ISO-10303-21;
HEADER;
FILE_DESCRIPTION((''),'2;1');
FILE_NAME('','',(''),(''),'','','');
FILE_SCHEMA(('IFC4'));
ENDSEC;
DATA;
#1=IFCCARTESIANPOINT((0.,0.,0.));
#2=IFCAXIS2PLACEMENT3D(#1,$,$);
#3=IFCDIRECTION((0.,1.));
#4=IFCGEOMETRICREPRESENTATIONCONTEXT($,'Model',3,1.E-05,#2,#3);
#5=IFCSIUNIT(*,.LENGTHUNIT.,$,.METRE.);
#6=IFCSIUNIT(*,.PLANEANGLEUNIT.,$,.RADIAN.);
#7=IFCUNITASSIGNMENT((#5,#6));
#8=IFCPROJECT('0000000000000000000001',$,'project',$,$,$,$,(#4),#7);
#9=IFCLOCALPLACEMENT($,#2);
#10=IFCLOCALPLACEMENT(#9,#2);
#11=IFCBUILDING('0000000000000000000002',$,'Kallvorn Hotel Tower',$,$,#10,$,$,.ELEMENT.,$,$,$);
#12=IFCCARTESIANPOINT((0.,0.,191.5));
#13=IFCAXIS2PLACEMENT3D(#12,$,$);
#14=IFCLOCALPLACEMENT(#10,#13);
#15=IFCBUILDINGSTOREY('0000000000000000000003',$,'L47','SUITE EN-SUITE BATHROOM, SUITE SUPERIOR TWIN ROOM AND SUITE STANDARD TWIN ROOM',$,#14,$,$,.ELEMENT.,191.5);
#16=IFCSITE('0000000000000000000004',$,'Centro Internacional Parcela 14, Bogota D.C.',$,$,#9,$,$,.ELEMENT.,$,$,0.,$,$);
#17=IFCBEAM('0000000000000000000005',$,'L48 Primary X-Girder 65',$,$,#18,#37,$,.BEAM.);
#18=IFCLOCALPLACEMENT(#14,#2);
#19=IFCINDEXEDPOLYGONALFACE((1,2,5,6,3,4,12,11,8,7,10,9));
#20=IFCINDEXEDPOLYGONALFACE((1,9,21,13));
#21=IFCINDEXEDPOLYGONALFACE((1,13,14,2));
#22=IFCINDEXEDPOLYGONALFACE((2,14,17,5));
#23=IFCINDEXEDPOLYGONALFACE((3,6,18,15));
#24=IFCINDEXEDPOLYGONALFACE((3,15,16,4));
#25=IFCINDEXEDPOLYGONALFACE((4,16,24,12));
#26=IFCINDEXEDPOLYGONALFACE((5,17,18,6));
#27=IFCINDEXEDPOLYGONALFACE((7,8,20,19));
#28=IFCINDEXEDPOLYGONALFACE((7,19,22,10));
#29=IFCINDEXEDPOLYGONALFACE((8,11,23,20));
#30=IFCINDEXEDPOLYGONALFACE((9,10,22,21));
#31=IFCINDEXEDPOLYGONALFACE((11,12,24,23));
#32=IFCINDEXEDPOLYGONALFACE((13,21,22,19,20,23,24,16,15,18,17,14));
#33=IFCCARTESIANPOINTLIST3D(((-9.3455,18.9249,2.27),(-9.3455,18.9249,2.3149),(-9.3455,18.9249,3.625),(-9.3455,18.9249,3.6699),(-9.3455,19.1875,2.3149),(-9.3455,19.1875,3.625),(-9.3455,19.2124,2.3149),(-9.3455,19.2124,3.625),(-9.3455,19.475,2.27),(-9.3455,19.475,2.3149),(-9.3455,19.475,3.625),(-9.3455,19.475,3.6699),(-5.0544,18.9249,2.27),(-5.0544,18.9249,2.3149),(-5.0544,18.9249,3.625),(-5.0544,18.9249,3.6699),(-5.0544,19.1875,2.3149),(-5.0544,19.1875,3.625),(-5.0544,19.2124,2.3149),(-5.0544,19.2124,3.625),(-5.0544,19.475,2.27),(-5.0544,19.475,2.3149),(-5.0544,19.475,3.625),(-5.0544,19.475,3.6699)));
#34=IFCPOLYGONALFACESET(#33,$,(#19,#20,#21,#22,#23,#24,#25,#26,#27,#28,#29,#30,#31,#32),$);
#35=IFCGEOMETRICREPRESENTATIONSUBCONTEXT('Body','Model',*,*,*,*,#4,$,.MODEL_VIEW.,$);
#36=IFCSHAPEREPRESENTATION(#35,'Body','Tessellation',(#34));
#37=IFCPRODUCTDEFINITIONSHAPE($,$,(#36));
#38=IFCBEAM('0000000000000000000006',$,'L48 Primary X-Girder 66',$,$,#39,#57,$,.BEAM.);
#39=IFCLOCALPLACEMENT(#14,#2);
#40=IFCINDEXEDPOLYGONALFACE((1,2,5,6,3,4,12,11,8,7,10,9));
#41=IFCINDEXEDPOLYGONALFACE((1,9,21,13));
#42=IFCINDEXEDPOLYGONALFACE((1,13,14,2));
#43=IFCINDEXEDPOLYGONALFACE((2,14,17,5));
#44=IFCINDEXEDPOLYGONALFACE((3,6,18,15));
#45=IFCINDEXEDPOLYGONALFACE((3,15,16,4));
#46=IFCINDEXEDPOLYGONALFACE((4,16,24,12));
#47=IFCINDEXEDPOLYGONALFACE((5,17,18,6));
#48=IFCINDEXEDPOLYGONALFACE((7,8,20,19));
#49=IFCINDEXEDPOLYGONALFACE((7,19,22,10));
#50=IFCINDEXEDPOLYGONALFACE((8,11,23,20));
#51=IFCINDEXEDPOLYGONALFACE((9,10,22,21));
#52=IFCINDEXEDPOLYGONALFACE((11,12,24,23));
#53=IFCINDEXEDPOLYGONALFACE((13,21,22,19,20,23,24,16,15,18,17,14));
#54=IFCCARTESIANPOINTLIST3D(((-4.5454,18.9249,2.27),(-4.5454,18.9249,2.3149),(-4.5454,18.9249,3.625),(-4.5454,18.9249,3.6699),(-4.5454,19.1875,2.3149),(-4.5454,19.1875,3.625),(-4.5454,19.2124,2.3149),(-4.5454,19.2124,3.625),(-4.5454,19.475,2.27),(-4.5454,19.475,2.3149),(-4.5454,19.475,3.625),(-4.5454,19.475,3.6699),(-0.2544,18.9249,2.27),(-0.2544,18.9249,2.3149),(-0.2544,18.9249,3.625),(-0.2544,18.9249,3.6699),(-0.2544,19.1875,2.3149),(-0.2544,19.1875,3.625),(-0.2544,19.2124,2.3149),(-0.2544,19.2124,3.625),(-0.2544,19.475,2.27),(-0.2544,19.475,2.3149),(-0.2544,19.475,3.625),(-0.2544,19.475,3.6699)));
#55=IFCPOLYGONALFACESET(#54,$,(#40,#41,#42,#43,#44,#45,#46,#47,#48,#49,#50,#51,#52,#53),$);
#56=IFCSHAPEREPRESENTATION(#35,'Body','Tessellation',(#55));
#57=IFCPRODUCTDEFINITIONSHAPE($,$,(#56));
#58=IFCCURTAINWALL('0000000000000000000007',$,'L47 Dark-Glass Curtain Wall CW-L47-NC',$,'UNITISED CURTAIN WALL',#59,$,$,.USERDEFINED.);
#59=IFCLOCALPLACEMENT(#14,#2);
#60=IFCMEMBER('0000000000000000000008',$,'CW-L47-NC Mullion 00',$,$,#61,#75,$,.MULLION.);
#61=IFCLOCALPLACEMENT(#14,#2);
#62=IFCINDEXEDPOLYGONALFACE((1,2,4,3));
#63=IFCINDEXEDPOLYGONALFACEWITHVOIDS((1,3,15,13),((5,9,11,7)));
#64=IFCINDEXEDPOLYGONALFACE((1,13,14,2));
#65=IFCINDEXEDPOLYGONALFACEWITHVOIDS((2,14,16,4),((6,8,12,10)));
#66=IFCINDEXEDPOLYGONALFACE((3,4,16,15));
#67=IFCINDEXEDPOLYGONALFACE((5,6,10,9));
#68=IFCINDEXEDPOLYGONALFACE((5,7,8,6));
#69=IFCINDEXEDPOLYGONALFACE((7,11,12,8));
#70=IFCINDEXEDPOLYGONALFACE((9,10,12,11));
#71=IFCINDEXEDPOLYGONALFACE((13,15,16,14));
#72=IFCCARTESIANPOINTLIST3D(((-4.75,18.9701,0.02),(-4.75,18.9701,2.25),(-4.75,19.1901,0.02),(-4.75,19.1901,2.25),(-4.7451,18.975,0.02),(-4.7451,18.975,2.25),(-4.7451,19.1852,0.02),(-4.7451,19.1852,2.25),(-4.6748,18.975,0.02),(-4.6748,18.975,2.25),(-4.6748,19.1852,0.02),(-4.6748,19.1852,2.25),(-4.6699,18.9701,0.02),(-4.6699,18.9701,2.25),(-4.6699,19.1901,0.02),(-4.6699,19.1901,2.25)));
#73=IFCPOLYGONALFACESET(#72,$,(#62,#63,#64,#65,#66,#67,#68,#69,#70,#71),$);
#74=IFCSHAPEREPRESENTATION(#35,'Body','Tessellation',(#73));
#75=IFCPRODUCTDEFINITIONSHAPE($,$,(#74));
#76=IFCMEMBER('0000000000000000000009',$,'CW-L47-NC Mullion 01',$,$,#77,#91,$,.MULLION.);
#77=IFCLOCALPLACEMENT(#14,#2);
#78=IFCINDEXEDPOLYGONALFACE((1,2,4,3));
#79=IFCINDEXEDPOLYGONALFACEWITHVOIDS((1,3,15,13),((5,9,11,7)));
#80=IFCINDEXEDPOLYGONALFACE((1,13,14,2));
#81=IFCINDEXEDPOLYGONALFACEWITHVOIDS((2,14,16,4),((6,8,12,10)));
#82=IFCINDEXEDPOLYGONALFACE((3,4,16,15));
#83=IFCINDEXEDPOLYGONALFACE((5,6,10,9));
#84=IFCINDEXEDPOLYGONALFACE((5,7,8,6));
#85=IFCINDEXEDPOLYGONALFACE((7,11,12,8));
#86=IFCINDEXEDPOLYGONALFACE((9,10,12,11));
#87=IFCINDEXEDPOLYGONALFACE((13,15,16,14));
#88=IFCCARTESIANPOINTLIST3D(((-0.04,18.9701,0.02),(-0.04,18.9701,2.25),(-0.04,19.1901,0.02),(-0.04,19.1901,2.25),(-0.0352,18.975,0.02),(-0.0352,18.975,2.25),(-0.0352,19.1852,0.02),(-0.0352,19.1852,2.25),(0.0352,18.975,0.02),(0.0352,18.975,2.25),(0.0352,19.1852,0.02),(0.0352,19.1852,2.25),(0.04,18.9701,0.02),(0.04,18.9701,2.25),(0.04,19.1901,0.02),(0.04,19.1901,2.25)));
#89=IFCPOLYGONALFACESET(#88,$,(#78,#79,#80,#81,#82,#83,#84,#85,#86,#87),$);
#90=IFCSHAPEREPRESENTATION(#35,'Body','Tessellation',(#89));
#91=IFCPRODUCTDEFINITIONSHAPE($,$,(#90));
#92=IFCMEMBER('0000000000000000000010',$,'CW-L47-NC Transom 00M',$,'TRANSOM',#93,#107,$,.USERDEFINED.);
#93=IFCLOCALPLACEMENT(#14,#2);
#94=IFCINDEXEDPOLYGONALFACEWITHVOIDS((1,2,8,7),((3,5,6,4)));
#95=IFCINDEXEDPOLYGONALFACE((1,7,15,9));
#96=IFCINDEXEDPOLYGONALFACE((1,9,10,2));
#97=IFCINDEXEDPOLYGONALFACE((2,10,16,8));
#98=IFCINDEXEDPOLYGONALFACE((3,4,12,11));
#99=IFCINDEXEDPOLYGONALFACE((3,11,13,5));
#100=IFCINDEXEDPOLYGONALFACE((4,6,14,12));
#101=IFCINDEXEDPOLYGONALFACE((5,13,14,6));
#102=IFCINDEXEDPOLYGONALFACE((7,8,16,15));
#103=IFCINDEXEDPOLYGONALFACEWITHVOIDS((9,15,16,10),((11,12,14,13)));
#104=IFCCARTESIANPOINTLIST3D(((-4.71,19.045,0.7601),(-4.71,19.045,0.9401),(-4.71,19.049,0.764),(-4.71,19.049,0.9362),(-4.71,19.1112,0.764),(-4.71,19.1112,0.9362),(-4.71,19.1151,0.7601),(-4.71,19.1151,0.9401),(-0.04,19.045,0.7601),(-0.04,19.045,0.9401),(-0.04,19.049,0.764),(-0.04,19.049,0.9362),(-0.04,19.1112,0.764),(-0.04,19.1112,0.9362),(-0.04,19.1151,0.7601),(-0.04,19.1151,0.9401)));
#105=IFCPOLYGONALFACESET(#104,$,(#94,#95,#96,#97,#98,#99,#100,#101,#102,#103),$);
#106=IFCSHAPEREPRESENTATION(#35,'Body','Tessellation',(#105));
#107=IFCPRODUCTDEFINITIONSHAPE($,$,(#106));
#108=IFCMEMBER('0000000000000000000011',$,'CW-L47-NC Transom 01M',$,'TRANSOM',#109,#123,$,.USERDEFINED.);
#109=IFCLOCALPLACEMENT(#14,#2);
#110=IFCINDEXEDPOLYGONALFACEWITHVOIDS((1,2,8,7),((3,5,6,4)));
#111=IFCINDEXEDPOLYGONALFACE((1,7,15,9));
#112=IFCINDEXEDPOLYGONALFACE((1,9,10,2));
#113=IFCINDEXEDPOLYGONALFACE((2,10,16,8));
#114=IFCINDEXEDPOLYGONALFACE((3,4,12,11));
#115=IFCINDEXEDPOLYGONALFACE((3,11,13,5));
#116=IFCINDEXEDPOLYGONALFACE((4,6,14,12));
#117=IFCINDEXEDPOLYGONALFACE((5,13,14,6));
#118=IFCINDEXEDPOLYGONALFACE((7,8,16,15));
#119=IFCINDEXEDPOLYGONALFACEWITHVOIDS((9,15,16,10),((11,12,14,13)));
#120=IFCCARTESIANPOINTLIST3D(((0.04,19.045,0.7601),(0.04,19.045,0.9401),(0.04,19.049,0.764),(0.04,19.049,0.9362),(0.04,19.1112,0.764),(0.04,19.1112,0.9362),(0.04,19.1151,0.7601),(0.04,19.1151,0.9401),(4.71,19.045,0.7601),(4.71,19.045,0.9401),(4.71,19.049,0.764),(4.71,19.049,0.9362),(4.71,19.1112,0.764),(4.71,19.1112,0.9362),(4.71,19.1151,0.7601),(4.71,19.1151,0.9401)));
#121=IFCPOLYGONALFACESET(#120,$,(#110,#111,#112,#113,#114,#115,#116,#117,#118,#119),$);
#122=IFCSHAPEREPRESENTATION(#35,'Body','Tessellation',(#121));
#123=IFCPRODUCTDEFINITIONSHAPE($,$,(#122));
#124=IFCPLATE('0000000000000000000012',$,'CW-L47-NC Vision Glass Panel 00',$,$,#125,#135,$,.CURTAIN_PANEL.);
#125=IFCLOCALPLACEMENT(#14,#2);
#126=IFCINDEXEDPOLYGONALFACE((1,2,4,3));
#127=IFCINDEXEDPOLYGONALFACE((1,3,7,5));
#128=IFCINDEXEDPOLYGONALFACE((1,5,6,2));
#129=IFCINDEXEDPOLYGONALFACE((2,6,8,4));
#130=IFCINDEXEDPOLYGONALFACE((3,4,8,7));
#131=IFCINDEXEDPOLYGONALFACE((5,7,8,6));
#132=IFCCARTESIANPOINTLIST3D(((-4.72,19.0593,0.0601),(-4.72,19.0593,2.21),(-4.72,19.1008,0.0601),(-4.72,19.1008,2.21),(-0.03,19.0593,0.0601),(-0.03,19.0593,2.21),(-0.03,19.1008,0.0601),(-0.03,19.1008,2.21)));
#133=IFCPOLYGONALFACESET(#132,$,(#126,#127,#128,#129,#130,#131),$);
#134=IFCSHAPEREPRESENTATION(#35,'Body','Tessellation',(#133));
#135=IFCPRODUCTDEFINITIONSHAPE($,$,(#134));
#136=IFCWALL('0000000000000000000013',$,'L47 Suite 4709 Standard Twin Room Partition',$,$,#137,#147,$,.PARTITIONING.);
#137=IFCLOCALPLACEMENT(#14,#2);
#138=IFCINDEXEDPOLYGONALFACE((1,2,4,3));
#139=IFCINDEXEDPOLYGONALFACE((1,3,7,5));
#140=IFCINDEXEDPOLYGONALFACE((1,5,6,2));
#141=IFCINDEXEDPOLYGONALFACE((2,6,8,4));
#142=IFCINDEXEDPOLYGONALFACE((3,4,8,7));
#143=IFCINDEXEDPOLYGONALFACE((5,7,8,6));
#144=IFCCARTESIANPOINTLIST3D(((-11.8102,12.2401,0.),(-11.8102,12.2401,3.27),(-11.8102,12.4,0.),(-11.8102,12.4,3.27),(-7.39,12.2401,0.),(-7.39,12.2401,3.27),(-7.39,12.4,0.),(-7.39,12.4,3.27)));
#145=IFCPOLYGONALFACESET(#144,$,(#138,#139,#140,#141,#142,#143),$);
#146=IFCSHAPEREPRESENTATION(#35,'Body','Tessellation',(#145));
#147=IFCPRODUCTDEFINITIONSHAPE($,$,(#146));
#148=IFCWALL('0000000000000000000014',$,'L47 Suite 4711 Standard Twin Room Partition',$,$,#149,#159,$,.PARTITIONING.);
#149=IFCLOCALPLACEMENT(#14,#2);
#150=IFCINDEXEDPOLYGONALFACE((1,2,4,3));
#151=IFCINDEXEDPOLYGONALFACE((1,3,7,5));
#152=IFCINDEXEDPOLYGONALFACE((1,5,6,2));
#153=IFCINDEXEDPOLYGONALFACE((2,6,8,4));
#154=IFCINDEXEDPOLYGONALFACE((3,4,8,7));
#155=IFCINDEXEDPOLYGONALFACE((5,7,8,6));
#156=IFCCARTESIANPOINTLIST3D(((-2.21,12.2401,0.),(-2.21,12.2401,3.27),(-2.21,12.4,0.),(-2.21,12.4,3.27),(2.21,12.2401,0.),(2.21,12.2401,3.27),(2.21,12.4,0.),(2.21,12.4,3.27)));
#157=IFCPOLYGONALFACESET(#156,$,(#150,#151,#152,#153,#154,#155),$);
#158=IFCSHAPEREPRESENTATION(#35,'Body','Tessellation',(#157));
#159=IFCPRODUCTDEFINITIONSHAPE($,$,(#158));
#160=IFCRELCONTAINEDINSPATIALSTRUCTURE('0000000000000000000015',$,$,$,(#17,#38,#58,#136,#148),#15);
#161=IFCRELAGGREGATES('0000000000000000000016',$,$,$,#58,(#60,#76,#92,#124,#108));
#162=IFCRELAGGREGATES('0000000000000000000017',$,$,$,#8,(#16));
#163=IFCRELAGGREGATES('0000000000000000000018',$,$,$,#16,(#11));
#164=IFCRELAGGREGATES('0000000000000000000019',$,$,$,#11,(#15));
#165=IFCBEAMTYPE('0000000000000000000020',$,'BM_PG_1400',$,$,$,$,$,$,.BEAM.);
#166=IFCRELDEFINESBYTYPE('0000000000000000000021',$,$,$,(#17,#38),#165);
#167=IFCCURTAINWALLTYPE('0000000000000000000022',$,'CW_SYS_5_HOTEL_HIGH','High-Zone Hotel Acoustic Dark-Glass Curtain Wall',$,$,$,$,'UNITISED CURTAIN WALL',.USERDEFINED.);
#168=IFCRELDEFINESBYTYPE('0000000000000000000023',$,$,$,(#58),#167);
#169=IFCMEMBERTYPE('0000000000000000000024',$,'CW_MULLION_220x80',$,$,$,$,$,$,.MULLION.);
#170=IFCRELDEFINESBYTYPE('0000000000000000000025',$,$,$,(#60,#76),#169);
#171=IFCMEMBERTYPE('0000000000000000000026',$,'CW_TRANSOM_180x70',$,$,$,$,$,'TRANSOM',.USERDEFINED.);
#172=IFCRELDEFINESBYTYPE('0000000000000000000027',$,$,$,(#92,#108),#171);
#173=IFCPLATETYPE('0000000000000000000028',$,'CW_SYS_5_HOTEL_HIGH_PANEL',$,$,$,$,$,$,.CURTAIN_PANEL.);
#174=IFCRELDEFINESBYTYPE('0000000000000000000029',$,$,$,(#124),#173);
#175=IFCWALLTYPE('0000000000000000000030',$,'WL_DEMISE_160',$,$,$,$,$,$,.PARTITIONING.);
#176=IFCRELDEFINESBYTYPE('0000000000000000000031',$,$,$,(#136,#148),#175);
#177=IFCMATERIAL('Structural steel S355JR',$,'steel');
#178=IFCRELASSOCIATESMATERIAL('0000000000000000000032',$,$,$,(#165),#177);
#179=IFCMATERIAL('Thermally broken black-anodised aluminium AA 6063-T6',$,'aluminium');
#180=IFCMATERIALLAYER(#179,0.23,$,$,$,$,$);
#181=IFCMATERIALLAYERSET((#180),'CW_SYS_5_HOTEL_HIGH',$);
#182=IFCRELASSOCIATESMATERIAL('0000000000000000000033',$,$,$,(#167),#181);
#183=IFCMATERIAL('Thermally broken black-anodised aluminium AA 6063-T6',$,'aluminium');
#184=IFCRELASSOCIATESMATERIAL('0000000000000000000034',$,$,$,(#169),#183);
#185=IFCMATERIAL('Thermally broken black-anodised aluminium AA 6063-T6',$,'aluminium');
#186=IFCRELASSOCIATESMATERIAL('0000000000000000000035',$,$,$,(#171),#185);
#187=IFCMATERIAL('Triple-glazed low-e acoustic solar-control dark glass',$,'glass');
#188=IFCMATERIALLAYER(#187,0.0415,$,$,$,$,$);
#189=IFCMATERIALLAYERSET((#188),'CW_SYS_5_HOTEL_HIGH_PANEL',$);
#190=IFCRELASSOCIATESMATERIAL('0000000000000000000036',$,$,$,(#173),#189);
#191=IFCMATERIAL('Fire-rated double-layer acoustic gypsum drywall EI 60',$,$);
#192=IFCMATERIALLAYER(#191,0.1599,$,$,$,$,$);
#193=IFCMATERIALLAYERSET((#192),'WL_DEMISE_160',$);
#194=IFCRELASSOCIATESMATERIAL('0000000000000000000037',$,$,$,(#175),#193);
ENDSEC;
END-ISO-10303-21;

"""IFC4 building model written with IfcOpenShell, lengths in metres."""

from ifc_helpers import new_model, si_unit, direction, frame, frame_2d, origin, origin_2d, place, context, subcontext, project, spatial, rectangle, hollow_rectangle, i_section, extrude, material, layer, layer_set, material_profile, profile_set, type_object, element, aggregate, save


model = new_model("IFC4")

# Units and contexts
model_context = context("Model", 3, precision=1e-05, world=origin(), true_north=direction((0.0, 1.0)))
body_context = subcontext(model_context, "Body", "Model", "MODEL_VIEW")
ifc_project = project(units=[si_unit("LENGTHUNIT", "METRE"), si_unit("PLANEANGLEUNIT", "RADIAN")], contexts=[model_context])

# Site, building, storey
site_placement = place(None, origin())
site = spatial("IfcSite", under=ifc_project, at=site_placement, Name="Centro Internacional Parcela 14, Bogota D.C.", CompositionType="ELEMENT", RefElevation=0.0)
building_placement = place(site_placement, origin())
building = spatial("IfcBuilding", under=site, at=building_placement, Name="Kallvorn Hotel Tower", CompositionType="ELEMENT")
storey_placement = place(building_placement, frame((0.0, 0.0, 191.5)))
storey = spatial("IfcBuildingStorey", under=building, at=storey_placement, Name="L47", Description="SUITE EN-SUITE BATHROOM, SUITE SUPERIOR TWIN ROOM AND SUITE STANDARD TWIN ROOM", CompositionType="ELEMENT", Elevation=191.5)

# Beams
ifc_material_1 = material(Name="Structural steel S355JR", Category="steel")
ifc_material_profile_1 = material_profile(ifc_material_1, i_section(OverallWidth=0.55, OverallDepth=1.3999, WebThickness=0.0249, FlangeThickness=0.0449, at=origin_2d()), Name="PG 1400x550x25x45")
ifc_profile_set_1 = profile_set([ifc_material_profile_1], Name="Structural steel S355JR")
beam_type_1 = type_object("IfcBeamType", Name="BM_PG_1400", PredefinedType="BEAM", material=ifc_profile_set_1)
for number, where, z_axis, x_axis, name in (
    (1, (-9.3455, 19.2, 2.97), (1.0, 0.0, 0.0), (0.0, 1.0, 0.0), "L48 Primary X-Girder 65"),
    (2, (-4.5454, 19.2, 2.97), (1.0, 0.0, 0.0), (0.0, 1.0, 0.0), "L48 Primary X-Girder 66"),
):
    element("IfcBeam", number, at=place(storey_placement, frame(where, z_axis=z_axis, x_axis=x_axis)), inside=storey, type_object=beam_type_1, Name=name, PredefinedType="BEAM", context=body_context, shape_type="SweptSolid", body=[
        extrude(i_section(OverallWidth=0.55, OverallDepth=1.3999, WebThickness=0.0249, FlangeThickness=0.0449, at=origin_2d()), origin(), (0.0, 0.0, 1.0), 4.291),
    ])

# Curtain wall, members, plate
ifc_material_2 = material(Name="Thermally broken black-anodised aluminium AA 6063-T6", Category="aluminium")
ifc_layer_1 = layer(ifc_material_2, 0.23)
ifc_layer_set_1 = layer_set([ifc_layer_1], Name="CW_SYS_5_HOTEL_HIGH")
curtain_wall_type = type_object("IfcCurtainWallType", Name="CW_SYS_5_HOTEL_HIGH", Description="High-Zone Hotel Acoustic Dark-Glass Curtain Wall", ElementType="UNITISED CURTAIN WALL", PredefinedType="USERDEFINED", material=ifc_layer_set_1)
curtain_wall_placement = place(storey_placement, origin())
curtain_wall = element("IfcCurtainWall", 3, at=curtain_wall_placement, inside=storey, type_object=curtain_wall_type, Name="L47 Dark-Glass Curtain Wall CW-L47-NC", ObjectType="UNITISED CURTAIN WALL", PredefinedType="USERDEFINED")
ifc_material_3 = material(Name="Thermally broken black-anodised aluminium AA 6063-T6", Category="aluminium")
ifc_material_profile_2 = material_profile(ifc_material_3, hollow_rectangle(XDim=0.0801, YDim=0.22, WallThickness=0.0049, at=origin_2d()), Name="MUL 220x80")
ifc_profile_set_2 = profile_set([ifc_material_profile_2], Name="Thermally broken black-anodised aluminium AA 6063-T6")
member_type_1 = type_object("IfcMemberType", Name="CW_MULLION_220x80", PredefinedType="MULLION", material=ifc_profile_set_2)
member_1_placement = place(storey_placement, frame((-4.71, 19.0801, 0.02), z_axis=(0.0, 0.0, 1.0), x_axis=(1.0, 0.0, 0.0)))
member_1 = element("IfcMember", 4, at=member_1_placement, type_object=member_type_1, Name="CW-L47-NC Mullion 00", PredefinedType="MULLION", context=body_context, shape_type="SweptSolid", body=[
    extrude(hollow_rectangle(XDim=0.0801, YDim=0.22, WallThickness=0.0049, at=origin_2d()), origin(), (0.0, 0.0, 1.0), 2.23),
])
member_2_placement = place(storey_placement, frame((0.0, 19.0801, 0.02), z_axis=(0.0, 0.0, 1.0), x_axis=(1.0, 0.0, 0.0)))
member_2 = element("IfcMember", 5, at=member_2_placement, type_object=member_type_1, Name="CW-L47-NC Mullion 01", PredefinedType="MULLION", context=body_context, shape_type="SweptSolid", body=[
    extrude(hollow_rectangle(XDim=0.0801, YDim=0.22, WallThickness=0.0049, at=origin_2d()), origin(), (0.0, 0.0, 1.0), 2.23),
])
ifc_material_4 = material(Name="Thermally broken black-anodised aluminium AA 6063-T6", Category="aluminium")
ifc_material_profile_3 = material_profile(ifc_material_4, hollow_rectangle(XDim=0.0701, YDim=0.1799, WallThickness=0.0039, at=origin_2d()), Name="TRN 180x70")
ifc_profile_set_3 = profile_set([ifc_material_profile_3], Name="Thermally broken black-anodised aluminium AA 6063-T6")
member_type_2 = type_object("IfcMemberType", Name="CW_TRANSOM_180x70", ElementType="TRANSOM", PredefinedType="USERDEFINED", material=ifc_profile_set_3)
member_3_placement = place(storey_placement, frame((-4.71, 19.0801, 0.8501), z_axis=(1.0, 0.0, 0.0), x_axis=(0.0, 1.0, 0.0)))
member_3 = element("IfcMember", 6, at=member_3_placement, type_object=member_type_2, Name="CW-L47-NC Transom 00M", ObjectType="TRANSOM", PredefinedType="USERDEFINED", context=body_context, shape_type="SweptSolid", body=[
    extrude(hollow_rectangle(XDim=0.0701, YDim=0.1799, WallThickness=0.0039, at=origin_2d()), origin(), (0.0, 0.0, 1.0), 4.6699),
])
member_4_placement = place(storey_placement, frame((0.04, 19.0801, 0.8501), z_axis=(1.0, 0.0, 0.0), x_axis=(0.0, 1.0, 0.0)))
member_4 = element("IfcMember", 7, at=member_4_placement, type_object=member_type_2, Name="CW-L47-NC Transom 01M", ObjectType="TRANSOM", PredefinedType="USERDEFINED", context=body_context, shape_type="SweptSolid", body=[
    extrude(hollow_rectangle(XDim=0.0701, YDim=0.1799, WallThickness=0.0039, at=origin_2d()), origin(), (0.0, 0.0, 1.0), 4.6699),
])
ifc_material_5 = material(Name="Triple-glazed low-e acoustic solar-control dark glass", Category="glass")
ifc_layer_2 = layer(ifc_material_5, 0.0415)
ifc_layer_set_2 = layer_set([ifc_layer_2], Name="CW_SYS_5_HOTEL_HIGH_PANEL")
plate_type = type_object("IfcPlateType", Name="CW_SYS_5_HOTEL_HIGH_PANEL", PredefinedType="CURTAIN_PANEL", material=ifc_layer_set_2)
plate_placement = place(storey_placement, frame((-2.375, 19.0801, 0.0601), z_axis=(0.0, 0.0, 1.0), x_axis=(1.0, 0.0, 0.0)))
plate = element("IfcPlate", 8, at=plate_placement, type_object=plate_type, Name="CW-L47-NC Vision Glass Panel 00", PredefinedType="CURTAIN_PANEL", context=body_context, shape_type="SweptSolid", body=[
    extrude(rectangle(XDim=4.6899, YDim=0.0415, at=origin_2d()), origin(), (0.0, 0.0, 1.0), 2.1499),
])
aggregate(curtain_wall, [member_1, member_2, member_3, plate, member_4])

# Walls
ifc_material_6 = material(Name="Fire-rated double-layer acoustic gypsum drywall EI 60")
ifc_layer_3 = layer(ifc_material_6, 0.1599)
ifc_layer_set_3 = layer_set([ifc_layer_3], Name="WL_DEMISE_160")
wall_type = type_object("IfcWallType", Name="WL_DEMISE_160", PredefinedType="PARTITIONING", material=ifc_layer_set_3)
wall_1_placement = place(storey_placement, frame((-11.8101, 12.3201, 0.0), z_axis=(0.0, 0.0, 1.0), x_axis=(1.0, 0.0, 0.0)))
element("IfcWall", 9, at=wall_1_placement, inside=storey, type_object=wall_type, Name="L47 Suite 4709 Standard Twin Room Partition", PredefinedType="PARTITIONING", context=body_context, shape_type="SweptSolid", body=[
    extrude(rectangle(XDim=4.4202, YDim=0.1599, at=frame_2d((2.21, 0.0))), origin(), (0.0, 0.0, 1.0), 3.27),
])
wall_2_placement = place(storey_placement, frame((-2.21, 12.3201, 0.0), z_axis=(0.0, 0.0, 1.0), x_axis=(1.0, 0.0, 0.0)))
element("IfcWall", 10, at=wall_2_placement, inside=storey, type_object=wall_type, Name="L47 Suite 4711 Standard Twin Room Partition", PredefinedType="PARTITIONING", context=body_context, shape_type="SweptSolid", body=[
    extrude(rectangle(XDim=4.4199, YDim=0.1599, at=frame_2d((2.21, 0.0))), origin(), (0.0, 0.0, 1.0), 3.27),
])

save(model, "model.ifc")
